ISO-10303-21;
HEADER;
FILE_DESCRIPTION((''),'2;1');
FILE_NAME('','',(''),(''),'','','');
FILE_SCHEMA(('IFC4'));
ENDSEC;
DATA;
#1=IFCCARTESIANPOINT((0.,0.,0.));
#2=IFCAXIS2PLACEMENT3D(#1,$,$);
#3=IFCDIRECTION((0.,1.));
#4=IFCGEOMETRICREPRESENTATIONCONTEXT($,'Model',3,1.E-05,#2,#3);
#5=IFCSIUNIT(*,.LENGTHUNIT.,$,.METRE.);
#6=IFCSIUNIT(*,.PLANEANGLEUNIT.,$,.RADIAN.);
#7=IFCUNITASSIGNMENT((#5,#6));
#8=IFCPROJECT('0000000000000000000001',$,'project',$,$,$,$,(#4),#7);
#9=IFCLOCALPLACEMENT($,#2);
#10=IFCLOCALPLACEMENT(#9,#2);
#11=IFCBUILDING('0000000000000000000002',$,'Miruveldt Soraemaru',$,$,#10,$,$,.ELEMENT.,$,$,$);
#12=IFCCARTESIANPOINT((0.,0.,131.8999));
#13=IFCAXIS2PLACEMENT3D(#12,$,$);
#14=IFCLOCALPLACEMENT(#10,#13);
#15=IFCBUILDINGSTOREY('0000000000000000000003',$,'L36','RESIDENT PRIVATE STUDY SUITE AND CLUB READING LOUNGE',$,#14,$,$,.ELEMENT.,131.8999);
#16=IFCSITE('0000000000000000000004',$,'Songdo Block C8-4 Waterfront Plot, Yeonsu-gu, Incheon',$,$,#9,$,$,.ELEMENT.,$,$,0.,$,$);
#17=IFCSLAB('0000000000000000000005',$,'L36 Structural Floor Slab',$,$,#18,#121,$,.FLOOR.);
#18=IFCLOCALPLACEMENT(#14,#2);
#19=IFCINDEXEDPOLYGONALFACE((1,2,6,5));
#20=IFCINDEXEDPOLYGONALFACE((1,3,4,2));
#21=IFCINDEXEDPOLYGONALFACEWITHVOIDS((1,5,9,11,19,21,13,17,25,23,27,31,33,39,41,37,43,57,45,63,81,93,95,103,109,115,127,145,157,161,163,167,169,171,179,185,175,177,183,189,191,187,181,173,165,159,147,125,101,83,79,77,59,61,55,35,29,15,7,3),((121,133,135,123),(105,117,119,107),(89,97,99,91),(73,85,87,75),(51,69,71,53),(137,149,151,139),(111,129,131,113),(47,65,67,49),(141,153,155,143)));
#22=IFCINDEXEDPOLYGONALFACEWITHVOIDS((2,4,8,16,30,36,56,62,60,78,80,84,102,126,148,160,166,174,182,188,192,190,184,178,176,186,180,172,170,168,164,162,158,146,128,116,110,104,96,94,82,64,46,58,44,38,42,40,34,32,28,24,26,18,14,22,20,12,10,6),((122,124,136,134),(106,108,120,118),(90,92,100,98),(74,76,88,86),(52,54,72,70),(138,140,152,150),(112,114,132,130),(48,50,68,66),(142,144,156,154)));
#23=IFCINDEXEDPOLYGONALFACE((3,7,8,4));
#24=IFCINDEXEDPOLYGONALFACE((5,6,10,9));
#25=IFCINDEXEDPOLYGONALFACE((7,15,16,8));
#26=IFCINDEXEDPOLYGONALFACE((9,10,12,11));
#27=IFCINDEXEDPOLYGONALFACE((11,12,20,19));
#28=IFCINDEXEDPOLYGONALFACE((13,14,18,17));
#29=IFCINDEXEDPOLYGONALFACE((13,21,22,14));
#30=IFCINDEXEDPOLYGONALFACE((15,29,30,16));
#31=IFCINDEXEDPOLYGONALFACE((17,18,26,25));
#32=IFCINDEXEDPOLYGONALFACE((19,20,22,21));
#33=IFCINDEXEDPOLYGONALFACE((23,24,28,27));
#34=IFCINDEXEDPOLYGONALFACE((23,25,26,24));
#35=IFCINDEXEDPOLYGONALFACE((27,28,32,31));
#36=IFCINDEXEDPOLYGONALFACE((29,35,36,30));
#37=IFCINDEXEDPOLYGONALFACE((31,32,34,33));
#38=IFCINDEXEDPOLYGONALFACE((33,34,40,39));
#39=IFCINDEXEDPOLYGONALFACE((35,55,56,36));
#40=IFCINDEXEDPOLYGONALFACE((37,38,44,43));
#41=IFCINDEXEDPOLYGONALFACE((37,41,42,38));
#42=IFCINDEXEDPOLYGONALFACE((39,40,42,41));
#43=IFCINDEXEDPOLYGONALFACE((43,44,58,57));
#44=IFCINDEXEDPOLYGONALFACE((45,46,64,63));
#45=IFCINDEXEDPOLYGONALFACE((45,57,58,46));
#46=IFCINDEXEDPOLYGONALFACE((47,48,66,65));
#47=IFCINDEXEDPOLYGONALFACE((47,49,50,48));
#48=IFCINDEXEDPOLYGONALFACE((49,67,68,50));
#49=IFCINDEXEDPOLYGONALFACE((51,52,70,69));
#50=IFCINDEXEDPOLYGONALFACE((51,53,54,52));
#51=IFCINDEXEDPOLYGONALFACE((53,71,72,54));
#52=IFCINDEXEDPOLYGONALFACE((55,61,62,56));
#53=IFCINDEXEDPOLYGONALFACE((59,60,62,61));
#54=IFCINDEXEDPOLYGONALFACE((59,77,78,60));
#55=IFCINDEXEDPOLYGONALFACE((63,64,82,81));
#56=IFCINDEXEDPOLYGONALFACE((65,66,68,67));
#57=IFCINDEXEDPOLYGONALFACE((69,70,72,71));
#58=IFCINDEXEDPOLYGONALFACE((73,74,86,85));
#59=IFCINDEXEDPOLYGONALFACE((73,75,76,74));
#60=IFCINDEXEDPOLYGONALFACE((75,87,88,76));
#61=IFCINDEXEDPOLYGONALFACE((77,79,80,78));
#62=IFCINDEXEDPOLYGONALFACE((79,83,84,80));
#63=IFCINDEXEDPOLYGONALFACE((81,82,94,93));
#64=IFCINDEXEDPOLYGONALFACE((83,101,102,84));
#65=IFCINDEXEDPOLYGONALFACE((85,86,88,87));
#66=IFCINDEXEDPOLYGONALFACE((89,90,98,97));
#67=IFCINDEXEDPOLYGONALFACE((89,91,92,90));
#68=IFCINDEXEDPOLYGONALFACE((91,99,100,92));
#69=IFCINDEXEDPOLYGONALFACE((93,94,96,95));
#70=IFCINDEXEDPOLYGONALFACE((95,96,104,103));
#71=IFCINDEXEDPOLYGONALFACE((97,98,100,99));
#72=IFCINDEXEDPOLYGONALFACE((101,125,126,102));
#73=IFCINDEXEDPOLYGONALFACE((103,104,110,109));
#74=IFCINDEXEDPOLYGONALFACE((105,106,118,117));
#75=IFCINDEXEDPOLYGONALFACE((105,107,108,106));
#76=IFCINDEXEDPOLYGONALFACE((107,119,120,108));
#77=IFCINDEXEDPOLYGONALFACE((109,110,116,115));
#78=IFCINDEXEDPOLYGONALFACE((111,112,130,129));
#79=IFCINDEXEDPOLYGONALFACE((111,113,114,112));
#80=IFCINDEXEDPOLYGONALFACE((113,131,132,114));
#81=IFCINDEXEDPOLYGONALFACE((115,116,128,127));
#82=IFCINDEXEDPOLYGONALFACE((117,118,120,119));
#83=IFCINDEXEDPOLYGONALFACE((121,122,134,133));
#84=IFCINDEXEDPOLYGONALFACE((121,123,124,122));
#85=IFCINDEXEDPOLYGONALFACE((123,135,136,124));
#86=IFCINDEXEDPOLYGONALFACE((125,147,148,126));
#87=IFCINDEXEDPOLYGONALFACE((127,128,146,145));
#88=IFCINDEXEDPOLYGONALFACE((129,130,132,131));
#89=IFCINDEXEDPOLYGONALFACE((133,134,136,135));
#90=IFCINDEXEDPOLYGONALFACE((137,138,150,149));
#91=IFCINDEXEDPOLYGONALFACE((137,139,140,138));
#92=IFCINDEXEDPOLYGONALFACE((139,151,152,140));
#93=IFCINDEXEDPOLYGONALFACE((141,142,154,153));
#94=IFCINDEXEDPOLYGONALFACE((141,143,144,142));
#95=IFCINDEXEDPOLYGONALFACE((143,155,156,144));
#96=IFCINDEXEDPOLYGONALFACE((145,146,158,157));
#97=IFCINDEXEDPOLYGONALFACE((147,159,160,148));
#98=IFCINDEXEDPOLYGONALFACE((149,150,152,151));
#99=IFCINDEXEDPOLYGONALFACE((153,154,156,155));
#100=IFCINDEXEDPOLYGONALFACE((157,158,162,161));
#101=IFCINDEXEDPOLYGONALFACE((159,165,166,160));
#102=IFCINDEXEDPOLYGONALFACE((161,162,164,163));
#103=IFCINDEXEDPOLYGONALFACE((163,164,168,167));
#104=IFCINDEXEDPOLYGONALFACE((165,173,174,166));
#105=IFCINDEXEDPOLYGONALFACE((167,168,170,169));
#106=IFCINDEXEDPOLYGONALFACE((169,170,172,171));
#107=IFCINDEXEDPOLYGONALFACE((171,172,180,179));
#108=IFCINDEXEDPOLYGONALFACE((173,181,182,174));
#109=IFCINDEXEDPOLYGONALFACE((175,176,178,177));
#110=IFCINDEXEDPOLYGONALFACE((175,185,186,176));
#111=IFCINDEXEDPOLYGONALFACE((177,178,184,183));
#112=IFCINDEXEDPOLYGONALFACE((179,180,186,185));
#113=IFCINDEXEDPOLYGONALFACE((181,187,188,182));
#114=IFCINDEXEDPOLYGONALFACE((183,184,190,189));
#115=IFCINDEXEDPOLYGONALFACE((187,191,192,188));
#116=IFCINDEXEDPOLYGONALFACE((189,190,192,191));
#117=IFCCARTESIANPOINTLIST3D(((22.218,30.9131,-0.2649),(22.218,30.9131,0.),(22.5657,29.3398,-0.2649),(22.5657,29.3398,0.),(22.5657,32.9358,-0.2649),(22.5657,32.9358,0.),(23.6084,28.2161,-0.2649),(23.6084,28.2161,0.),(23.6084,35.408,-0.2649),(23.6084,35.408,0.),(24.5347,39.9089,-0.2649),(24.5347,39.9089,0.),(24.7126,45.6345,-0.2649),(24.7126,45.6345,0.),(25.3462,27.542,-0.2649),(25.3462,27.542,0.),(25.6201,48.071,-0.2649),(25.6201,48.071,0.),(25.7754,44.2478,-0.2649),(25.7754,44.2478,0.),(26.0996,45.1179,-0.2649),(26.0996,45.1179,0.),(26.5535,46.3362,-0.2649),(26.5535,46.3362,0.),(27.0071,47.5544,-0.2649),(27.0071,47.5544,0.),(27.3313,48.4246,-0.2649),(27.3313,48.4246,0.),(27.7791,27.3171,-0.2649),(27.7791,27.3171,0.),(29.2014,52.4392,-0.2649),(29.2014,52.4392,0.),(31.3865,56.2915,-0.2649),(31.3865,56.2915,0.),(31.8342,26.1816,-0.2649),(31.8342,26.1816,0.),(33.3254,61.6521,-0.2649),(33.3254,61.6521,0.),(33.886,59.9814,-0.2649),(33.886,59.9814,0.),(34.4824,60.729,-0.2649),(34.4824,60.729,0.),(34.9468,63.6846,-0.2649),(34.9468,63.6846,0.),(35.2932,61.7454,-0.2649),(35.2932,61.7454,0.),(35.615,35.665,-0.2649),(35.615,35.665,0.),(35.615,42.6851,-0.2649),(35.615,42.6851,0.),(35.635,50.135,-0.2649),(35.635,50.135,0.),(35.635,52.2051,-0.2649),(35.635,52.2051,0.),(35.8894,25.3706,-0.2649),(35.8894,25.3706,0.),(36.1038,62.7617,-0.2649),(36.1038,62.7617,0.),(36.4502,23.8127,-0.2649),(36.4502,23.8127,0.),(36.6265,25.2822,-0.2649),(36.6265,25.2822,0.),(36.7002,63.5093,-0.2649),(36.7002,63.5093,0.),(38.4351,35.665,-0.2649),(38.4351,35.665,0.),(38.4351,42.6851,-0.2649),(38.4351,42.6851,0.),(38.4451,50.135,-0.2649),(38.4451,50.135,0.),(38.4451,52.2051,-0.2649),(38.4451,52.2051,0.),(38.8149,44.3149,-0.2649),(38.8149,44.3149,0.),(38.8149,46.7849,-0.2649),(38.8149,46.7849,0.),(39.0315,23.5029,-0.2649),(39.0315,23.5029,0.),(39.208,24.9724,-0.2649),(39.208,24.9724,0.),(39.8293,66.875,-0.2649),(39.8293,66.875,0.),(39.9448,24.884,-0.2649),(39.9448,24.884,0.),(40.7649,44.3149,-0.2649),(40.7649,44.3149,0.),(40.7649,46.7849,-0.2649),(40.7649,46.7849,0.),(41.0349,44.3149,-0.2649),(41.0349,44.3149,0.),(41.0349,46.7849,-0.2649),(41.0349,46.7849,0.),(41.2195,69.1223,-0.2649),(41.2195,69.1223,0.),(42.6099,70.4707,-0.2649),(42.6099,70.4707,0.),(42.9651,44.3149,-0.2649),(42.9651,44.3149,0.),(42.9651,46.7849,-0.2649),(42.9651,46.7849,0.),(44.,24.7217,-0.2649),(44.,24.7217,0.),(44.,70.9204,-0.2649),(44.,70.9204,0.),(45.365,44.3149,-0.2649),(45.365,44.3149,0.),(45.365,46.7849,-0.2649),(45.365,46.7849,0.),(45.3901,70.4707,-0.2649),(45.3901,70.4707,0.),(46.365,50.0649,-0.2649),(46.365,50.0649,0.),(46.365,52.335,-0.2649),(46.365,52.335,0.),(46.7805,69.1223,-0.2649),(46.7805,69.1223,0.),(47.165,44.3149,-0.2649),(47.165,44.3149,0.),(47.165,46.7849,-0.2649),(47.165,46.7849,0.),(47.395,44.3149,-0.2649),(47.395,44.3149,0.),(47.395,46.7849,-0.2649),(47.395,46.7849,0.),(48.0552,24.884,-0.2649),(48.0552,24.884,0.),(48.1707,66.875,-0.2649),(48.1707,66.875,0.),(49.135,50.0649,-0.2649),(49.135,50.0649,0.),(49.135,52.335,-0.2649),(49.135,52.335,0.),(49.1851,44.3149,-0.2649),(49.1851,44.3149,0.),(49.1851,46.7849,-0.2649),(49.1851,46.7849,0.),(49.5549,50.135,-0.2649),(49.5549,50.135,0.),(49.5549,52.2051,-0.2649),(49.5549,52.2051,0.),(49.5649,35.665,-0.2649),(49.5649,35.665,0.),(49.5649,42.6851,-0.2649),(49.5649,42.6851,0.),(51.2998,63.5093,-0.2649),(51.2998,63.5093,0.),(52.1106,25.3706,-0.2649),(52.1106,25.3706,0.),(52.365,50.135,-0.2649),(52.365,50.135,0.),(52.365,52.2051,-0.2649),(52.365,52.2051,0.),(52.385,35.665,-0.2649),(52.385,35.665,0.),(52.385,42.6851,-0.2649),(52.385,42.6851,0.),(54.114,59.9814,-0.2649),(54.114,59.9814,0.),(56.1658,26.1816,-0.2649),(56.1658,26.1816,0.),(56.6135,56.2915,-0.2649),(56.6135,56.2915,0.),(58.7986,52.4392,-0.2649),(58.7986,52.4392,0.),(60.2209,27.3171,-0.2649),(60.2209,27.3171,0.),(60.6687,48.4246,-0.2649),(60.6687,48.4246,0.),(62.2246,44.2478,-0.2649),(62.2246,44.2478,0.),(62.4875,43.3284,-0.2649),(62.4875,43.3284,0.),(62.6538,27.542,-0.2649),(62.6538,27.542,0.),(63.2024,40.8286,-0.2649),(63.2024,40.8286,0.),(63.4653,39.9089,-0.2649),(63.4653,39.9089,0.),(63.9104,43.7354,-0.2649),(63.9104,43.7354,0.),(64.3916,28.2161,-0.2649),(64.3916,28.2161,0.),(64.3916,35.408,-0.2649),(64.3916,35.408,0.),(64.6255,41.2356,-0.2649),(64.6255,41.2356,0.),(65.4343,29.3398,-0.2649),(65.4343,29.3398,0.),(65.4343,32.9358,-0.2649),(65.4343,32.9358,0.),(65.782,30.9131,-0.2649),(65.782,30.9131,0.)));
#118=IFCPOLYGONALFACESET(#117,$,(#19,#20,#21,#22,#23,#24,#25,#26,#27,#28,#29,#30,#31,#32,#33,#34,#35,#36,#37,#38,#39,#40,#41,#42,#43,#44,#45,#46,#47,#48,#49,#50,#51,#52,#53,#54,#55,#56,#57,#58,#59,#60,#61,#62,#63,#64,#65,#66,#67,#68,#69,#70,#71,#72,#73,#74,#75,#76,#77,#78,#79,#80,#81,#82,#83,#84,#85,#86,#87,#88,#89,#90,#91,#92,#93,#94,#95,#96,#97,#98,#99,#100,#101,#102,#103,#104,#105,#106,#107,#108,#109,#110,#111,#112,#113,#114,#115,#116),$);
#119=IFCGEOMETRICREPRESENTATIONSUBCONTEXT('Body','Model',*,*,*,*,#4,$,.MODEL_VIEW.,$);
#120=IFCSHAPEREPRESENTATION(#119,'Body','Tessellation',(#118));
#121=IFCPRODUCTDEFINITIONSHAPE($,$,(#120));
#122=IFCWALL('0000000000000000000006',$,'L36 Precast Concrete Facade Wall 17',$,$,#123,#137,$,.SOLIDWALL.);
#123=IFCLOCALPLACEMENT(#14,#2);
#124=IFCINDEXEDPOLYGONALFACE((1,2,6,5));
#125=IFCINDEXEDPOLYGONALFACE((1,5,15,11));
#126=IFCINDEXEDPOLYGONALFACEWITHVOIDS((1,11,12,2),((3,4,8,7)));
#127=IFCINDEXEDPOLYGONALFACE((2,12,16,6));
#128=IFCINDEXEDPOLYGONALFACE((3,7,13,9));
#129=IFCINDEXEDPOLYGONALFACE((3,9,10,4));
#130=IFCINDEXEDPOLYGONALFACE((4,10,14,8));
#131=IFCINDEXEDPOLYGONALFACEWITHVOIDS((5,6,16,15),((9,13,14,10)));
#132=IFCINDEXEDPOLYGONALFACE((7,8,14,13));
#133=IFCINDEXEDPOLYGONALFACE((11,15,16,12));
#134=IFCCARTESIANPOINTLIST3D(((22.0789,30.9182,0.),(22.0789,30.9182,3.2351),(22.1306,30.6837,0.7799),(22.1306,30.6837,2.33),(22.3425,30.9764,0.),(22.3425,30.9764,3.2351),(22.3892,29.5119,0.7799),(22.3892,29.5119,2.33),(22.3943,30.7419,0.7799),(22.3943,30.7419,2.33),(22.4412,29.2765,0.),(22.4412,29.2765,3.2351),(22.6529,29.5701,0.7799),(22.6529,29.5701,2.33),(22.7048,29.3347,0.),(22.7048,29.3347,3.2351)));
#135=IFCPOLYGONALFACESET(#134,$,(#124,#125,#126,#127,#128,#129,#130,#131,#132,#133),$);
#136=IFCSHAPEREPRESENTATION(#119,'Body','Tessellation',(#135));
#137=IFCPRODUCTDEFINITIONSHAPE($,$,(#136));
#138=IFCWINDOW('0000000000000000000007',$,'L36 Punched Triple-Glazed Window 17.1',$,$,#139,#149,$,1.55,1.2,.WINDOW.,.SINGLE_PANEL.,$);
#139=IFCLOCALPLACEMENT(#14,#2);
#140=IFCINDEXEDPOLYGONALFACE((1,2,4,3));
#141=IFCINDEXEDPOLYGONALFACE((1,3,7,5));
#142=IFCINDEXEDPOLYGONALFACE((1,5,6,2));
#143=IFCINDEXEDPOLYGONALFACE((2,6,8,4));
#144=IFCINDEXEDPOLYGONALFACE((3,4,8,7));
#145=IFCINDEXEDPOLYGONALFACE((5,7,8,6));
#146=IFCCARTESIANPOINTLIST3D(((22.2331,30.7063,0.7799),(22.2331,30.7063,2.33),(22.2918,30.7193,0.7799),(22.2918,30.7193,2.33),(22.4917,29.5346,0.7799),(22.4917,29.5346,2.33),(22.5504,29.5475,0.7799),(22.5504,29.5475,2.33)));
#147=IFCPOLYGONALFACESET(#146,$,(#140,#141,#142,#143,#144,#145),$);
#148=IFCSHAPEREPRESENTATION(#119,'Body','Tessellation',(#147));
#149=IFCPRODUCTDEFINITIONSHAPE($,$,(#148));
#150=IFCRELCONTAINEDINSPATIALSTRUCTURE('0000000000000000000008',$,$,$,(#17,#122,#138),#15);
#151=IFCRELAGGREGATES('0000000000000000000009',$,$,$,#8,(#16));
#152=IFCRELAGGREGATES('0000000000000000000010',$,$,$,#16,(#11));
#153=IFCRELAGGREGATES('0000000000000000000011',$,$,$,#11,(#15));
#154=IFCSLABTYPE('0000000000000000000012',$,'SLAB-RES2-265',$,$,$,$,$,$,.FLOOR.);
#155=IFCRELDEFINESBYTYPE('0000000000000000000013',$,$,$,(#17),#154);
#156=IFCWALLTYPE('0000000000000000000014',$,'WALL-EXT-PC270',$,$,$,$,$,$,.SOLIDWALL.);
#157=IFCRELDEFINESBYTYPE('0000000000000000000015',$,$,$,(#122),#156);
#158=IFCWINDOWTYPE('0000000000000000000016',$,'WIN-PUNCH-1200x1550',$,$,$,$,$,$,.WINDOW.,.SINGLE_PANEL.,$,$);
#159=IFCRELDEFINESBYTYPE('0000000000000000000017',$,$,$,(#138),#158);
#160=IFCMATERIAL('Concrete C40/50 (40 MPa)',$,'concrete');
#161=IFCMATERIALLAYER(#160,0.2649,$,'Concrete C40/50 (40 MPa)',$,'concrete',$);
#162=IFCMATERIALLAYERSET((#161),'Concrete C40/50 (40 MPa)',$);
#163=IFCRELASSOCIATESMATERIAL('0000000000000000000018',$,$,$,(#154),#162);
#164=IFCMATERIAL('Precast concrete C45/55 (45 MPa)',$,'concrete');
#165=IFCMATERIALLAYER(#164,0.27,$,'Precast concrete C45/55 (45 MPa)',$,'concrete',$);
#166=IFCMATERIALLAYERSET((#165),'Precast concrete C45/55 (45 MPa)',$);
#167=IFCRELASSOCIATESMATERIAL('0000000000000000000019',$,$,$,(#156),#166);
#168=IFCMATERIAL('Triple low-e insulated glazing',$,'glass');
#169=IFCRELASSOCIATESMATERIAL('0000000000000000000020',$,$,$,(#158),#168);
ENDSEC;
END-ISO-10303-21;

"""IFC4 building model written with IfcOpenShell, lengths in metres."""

from ifc_helpers import new_model, si_unit, direction, frame, frame_2d, origin, place, context, subcontext, project, spatial, polyline, rectangle, outline, extrude, material, layer, layer_set, type_object, element, fill, save


model = new_model("IFC4")

# Units and contexts
model_context = context("Model", 3, precision=1e-05, world=origin(), true_north=direction((0.0, 1.0)))
body_context = subcontext(model_context, "Body", "Model", "MODEL_VIEW")
ifc_project = project(units=[si_unit("LENGTHUNIT", "METRE"), si_unit("PLANEANGLEUNIT", "RADIAN")], contexts=[model_context])

# Site, building, storey
site_placement = place(None, origin())
site = spatial("IfcSite", under=ifc_project, at=site_placement, Name="Songdo Block C8-4 Waterfront Plot, Yeonsu-gu, Incheon", CompositionType="ELEMENT", RefElevation=0.0)
building_placement = place(site_placement, origin())
building = spatial("IfcBuilding", under=site, at=building_placement, Name="Miruveldt Soraemaru", CompositionType="ELEMENT")
storey_placement = place(building_placement, frame((0.0, 0.0, 131.8999)))
storey = spatial("IfcBuildingStorey", under=building, at=storey_placement, Name="L36", Description="RESIDENT PRIVATE STUDY SUITE AND CLUB READING LOUNGE", CompositionType="ELEMENT", Elevation=131.8999)

# Shared definitions
ifc_material_1 = material(Name="Concrete C40/50 (40 MPa)", Category="concrete")

# Slab
ifc_layer_1 = layer(ifc_material_1, 0.2649, Name="Concrete C40/50 (40 MPa)", Category="concrete")
ifc_layer_set_1 = layer_set([ifc_layer_1], Name="Concrete C40/50 (40 MPa)")
slab_type_1 = type_object("IfcSlabType", Name="SLAB-RES2-265", PredefinedType="FLOOR", material=ifc_layer_set_1)
slab_1_placement = place(storey_placement, frame((0.0, 0.0, -0.2649)))
element("IfcSlab", 1, at=slab_1_placement, inside=storey, type_object=slab_type_1, Name="L36 Structural Floor Slab", PredefinedType="FLOOR", context=body_context, shape_type="SweptSolid", body=[
    extrude(outline(polyline([(36.4502, 23.8127), (36.6265, 25.2822), (35.8894, 25.3706), (31.8342, 26.1816), (27.7791, 27.3171), (25.3462, 27.542), (23.6084, 28.2161), (22.5657, 29.3398), (22.218, 30.9131), (22.5657, 32.9358), (23.6084, 35.408), (24.5347, 39.9089), (25.7754, 44.2478), (26.0996, 45.1179), (24.7126, 45.6345), (25.6201, 48.071), (27.0071, 47.5544), (26.5535, 46.3362), (27.3313, 48.4246), (29.2014, 52.4392), (31.3865, 56.2915), (33.886, 59.9814), (34.4824, 60.729), (33.3254, 61.6521), (34.9468, 63.6846), (36.1038, 62.7617), (35.2932, 61.7454), (36.7002, 63.5093), (39.8293, 66.875), (41.2195, 69.1223), (42.6099, 70.4707), (44.0, 70.9204), (45.3901, 70.4707), (46.7805, 69.1223), (48.1707, 66.875), (51.2998, 63.5093), (54.114, 59.9814), (56.6135, 56.2915), (58.7986, 52.4392), (60.6687, 48.4246), (62.2246, 44.2478), (62.4875, 43.3284), (63.9104, 43.7354), (64.6255, 41.2356), (63.2024, 40.8286), (63.4653, 39.9089), (64.3916, 35.408), (65.4343, 32.9358), (65.782, 30.9131), (65.4343, 29.3398), (64.3916, 28.2161), (62.6538, 27.542), (60.2209, 27.3171), (56.1658, 26.1816), (52.1106, 25.3706), (48.0552, 24.884), (44.0, 24.7217), (39.9448, 24.884), (37.917, 25.1272), (39.208, 24.9724), (39.0315, 23.5029), (36.4502, 23.8127)]), holes=[polyline([(35.615, 35.665), (38.4351, 35.665), (38.4351, 42.6851), (35.615, 42.6851), (35.615, 35.665)]), polyline([(49.5649, 35.665), (52.385, 35.665), (52.385, 42.6851), (49.5649, 42.6851), (49.5649, 35.665)]), polyline([(40.7649, 44.3149), (40.7649, 46.7849), (38.8149, 46.7849), (38.8149, 44.3149), (40.7649, 44.3149)]), polyline([(42.9651, 44.3149), (42.9651, 46.7849), (41.0349, 46.7849), (41.0349, 44.3149), (42.9651, 44.3149)]), polyline([(47.165, 44.3149), (47.165, 46.7849), (45.365, 46.7849), (45.365, 44.3149), (47.165, 44.3149)]), polyline([(49.1851, 44.3149), (49.1851, 46.7849), (47.395, 46.7849), (47.395, 44.3149), (49.1851, 44.3149)]), polyline([(38.4451, 50.135), (38.4451, 52.2051), (35.635, 52.2051), (35.635, 50.135), (38.4451, 50.135)]), polyline([(49.5549, 50.135), (52.365, 50.135), (52.365, 52.2051), (49.5549, 52.2051), (49.5549, 50.135)]), polyline([(46.365, 50.0649), (49.135, 50.0649), (49.135, 52.335), (46.365, 52.335), (46.365, 50.0649)])]), origin(), (0.0, 0.0, 1.0), 0.2649),
])

# Wall, opening, window
ifc_material_2 = material(Name="Precast concrete C45/55 (45 MPa)", Category="concrete")
ifc_layer_2 = layer(ifc_material_2, 0.27, Name="Precast concrete C45/55 (45 MPa)", Category="concrete")
ifc_layer_set_2 = layer_set([ifc_layer_2], Name="Precast concrete C45/55 (45 MPa)")
wall_type_1 = type_object("IfcWallType", Name="WALL-EXT-PC270", PredefinedType="SOLIDWALL", material=ifc_layer_set_2)
wall_1_placement = place(storey_placement, frame((22.2107, 30.9473, 0.0), z_axis=(0.0, 0.0, 1.0), x_axis=(0.215516, -0.9765, 0.0)))
wall_1 = element("IfcWall", 2, at=wall_1_placement, inside=storey, type_object=wall_type_1, Name="L36 Precast Concrete Facade Wall 17", PredefinedType="SOLIDWALL", context=body_context, shape_type="SweptSolid", body=[
    extrude(rectangle(XDim=1.6812, YDim=0.27, at=frame_2d((0.8406, 0.0))), origin(), (0.0, 0.0, 1.0), 3.2351),
])
opening_1_placement = place(wall_1_placement, frame((0.24, 0.0, 0.78)))
opening_1 = element("IfcOpeningElement", 3, at=opening_1_placement, cuts=wall_1, PredefinedType="OPENING", context=body_context, shape_type="SweptSolid", body=[
    extrude(rectangle(XDim=1.2, YDim=1.55, at=frame_2d((0.6001, 0.7749))), frame((0.0, 0.145, 0.0), z_axis=(0.0, -1.0, 0.0), x_axis=(1.0, 0.0, 0.0)), (0.0, 0.0, 1.0), 0.29),
])
ifc_material_3 = material(Name="Triple low-e insulated glazing", Category="glass")
window_type_1 = type_object("IfcWindowType", Name="WIN-PUNCH-1200x1550", PartitioningType="SINGLE_PANEL", PredefinedType="WINDOW", material=ifc_material_3)
window_1_placement = place(opening_1_placement, origin())
window_1 = element("IfcWindow", 4, at=window_1_placement, inside=storey, type_object=window_type_1, Name="L36 Punched Triple-Glazed Window 17.1", OverallHeight=1.55, OverallWidth=1.2, PartitioningType="SINGLE_PANEL", PredefinedType="WINDOW", context=body_context, shape_type="SweptSolid", body=[
    extrude(rectangle(XDim=1.2, YDim=1.55, at=frame_2d((0.6001, 0.7749))), frame((0.0, 0.03, 0.0), z_axis=(0.0, -1.0, 0.0), x_axis=(1.0, 0.0, 0.0)), (0.0, 0.0, 1.0), 0.0601),
])
fill(opening_1, window_1)

save(model, "model.ifc")
